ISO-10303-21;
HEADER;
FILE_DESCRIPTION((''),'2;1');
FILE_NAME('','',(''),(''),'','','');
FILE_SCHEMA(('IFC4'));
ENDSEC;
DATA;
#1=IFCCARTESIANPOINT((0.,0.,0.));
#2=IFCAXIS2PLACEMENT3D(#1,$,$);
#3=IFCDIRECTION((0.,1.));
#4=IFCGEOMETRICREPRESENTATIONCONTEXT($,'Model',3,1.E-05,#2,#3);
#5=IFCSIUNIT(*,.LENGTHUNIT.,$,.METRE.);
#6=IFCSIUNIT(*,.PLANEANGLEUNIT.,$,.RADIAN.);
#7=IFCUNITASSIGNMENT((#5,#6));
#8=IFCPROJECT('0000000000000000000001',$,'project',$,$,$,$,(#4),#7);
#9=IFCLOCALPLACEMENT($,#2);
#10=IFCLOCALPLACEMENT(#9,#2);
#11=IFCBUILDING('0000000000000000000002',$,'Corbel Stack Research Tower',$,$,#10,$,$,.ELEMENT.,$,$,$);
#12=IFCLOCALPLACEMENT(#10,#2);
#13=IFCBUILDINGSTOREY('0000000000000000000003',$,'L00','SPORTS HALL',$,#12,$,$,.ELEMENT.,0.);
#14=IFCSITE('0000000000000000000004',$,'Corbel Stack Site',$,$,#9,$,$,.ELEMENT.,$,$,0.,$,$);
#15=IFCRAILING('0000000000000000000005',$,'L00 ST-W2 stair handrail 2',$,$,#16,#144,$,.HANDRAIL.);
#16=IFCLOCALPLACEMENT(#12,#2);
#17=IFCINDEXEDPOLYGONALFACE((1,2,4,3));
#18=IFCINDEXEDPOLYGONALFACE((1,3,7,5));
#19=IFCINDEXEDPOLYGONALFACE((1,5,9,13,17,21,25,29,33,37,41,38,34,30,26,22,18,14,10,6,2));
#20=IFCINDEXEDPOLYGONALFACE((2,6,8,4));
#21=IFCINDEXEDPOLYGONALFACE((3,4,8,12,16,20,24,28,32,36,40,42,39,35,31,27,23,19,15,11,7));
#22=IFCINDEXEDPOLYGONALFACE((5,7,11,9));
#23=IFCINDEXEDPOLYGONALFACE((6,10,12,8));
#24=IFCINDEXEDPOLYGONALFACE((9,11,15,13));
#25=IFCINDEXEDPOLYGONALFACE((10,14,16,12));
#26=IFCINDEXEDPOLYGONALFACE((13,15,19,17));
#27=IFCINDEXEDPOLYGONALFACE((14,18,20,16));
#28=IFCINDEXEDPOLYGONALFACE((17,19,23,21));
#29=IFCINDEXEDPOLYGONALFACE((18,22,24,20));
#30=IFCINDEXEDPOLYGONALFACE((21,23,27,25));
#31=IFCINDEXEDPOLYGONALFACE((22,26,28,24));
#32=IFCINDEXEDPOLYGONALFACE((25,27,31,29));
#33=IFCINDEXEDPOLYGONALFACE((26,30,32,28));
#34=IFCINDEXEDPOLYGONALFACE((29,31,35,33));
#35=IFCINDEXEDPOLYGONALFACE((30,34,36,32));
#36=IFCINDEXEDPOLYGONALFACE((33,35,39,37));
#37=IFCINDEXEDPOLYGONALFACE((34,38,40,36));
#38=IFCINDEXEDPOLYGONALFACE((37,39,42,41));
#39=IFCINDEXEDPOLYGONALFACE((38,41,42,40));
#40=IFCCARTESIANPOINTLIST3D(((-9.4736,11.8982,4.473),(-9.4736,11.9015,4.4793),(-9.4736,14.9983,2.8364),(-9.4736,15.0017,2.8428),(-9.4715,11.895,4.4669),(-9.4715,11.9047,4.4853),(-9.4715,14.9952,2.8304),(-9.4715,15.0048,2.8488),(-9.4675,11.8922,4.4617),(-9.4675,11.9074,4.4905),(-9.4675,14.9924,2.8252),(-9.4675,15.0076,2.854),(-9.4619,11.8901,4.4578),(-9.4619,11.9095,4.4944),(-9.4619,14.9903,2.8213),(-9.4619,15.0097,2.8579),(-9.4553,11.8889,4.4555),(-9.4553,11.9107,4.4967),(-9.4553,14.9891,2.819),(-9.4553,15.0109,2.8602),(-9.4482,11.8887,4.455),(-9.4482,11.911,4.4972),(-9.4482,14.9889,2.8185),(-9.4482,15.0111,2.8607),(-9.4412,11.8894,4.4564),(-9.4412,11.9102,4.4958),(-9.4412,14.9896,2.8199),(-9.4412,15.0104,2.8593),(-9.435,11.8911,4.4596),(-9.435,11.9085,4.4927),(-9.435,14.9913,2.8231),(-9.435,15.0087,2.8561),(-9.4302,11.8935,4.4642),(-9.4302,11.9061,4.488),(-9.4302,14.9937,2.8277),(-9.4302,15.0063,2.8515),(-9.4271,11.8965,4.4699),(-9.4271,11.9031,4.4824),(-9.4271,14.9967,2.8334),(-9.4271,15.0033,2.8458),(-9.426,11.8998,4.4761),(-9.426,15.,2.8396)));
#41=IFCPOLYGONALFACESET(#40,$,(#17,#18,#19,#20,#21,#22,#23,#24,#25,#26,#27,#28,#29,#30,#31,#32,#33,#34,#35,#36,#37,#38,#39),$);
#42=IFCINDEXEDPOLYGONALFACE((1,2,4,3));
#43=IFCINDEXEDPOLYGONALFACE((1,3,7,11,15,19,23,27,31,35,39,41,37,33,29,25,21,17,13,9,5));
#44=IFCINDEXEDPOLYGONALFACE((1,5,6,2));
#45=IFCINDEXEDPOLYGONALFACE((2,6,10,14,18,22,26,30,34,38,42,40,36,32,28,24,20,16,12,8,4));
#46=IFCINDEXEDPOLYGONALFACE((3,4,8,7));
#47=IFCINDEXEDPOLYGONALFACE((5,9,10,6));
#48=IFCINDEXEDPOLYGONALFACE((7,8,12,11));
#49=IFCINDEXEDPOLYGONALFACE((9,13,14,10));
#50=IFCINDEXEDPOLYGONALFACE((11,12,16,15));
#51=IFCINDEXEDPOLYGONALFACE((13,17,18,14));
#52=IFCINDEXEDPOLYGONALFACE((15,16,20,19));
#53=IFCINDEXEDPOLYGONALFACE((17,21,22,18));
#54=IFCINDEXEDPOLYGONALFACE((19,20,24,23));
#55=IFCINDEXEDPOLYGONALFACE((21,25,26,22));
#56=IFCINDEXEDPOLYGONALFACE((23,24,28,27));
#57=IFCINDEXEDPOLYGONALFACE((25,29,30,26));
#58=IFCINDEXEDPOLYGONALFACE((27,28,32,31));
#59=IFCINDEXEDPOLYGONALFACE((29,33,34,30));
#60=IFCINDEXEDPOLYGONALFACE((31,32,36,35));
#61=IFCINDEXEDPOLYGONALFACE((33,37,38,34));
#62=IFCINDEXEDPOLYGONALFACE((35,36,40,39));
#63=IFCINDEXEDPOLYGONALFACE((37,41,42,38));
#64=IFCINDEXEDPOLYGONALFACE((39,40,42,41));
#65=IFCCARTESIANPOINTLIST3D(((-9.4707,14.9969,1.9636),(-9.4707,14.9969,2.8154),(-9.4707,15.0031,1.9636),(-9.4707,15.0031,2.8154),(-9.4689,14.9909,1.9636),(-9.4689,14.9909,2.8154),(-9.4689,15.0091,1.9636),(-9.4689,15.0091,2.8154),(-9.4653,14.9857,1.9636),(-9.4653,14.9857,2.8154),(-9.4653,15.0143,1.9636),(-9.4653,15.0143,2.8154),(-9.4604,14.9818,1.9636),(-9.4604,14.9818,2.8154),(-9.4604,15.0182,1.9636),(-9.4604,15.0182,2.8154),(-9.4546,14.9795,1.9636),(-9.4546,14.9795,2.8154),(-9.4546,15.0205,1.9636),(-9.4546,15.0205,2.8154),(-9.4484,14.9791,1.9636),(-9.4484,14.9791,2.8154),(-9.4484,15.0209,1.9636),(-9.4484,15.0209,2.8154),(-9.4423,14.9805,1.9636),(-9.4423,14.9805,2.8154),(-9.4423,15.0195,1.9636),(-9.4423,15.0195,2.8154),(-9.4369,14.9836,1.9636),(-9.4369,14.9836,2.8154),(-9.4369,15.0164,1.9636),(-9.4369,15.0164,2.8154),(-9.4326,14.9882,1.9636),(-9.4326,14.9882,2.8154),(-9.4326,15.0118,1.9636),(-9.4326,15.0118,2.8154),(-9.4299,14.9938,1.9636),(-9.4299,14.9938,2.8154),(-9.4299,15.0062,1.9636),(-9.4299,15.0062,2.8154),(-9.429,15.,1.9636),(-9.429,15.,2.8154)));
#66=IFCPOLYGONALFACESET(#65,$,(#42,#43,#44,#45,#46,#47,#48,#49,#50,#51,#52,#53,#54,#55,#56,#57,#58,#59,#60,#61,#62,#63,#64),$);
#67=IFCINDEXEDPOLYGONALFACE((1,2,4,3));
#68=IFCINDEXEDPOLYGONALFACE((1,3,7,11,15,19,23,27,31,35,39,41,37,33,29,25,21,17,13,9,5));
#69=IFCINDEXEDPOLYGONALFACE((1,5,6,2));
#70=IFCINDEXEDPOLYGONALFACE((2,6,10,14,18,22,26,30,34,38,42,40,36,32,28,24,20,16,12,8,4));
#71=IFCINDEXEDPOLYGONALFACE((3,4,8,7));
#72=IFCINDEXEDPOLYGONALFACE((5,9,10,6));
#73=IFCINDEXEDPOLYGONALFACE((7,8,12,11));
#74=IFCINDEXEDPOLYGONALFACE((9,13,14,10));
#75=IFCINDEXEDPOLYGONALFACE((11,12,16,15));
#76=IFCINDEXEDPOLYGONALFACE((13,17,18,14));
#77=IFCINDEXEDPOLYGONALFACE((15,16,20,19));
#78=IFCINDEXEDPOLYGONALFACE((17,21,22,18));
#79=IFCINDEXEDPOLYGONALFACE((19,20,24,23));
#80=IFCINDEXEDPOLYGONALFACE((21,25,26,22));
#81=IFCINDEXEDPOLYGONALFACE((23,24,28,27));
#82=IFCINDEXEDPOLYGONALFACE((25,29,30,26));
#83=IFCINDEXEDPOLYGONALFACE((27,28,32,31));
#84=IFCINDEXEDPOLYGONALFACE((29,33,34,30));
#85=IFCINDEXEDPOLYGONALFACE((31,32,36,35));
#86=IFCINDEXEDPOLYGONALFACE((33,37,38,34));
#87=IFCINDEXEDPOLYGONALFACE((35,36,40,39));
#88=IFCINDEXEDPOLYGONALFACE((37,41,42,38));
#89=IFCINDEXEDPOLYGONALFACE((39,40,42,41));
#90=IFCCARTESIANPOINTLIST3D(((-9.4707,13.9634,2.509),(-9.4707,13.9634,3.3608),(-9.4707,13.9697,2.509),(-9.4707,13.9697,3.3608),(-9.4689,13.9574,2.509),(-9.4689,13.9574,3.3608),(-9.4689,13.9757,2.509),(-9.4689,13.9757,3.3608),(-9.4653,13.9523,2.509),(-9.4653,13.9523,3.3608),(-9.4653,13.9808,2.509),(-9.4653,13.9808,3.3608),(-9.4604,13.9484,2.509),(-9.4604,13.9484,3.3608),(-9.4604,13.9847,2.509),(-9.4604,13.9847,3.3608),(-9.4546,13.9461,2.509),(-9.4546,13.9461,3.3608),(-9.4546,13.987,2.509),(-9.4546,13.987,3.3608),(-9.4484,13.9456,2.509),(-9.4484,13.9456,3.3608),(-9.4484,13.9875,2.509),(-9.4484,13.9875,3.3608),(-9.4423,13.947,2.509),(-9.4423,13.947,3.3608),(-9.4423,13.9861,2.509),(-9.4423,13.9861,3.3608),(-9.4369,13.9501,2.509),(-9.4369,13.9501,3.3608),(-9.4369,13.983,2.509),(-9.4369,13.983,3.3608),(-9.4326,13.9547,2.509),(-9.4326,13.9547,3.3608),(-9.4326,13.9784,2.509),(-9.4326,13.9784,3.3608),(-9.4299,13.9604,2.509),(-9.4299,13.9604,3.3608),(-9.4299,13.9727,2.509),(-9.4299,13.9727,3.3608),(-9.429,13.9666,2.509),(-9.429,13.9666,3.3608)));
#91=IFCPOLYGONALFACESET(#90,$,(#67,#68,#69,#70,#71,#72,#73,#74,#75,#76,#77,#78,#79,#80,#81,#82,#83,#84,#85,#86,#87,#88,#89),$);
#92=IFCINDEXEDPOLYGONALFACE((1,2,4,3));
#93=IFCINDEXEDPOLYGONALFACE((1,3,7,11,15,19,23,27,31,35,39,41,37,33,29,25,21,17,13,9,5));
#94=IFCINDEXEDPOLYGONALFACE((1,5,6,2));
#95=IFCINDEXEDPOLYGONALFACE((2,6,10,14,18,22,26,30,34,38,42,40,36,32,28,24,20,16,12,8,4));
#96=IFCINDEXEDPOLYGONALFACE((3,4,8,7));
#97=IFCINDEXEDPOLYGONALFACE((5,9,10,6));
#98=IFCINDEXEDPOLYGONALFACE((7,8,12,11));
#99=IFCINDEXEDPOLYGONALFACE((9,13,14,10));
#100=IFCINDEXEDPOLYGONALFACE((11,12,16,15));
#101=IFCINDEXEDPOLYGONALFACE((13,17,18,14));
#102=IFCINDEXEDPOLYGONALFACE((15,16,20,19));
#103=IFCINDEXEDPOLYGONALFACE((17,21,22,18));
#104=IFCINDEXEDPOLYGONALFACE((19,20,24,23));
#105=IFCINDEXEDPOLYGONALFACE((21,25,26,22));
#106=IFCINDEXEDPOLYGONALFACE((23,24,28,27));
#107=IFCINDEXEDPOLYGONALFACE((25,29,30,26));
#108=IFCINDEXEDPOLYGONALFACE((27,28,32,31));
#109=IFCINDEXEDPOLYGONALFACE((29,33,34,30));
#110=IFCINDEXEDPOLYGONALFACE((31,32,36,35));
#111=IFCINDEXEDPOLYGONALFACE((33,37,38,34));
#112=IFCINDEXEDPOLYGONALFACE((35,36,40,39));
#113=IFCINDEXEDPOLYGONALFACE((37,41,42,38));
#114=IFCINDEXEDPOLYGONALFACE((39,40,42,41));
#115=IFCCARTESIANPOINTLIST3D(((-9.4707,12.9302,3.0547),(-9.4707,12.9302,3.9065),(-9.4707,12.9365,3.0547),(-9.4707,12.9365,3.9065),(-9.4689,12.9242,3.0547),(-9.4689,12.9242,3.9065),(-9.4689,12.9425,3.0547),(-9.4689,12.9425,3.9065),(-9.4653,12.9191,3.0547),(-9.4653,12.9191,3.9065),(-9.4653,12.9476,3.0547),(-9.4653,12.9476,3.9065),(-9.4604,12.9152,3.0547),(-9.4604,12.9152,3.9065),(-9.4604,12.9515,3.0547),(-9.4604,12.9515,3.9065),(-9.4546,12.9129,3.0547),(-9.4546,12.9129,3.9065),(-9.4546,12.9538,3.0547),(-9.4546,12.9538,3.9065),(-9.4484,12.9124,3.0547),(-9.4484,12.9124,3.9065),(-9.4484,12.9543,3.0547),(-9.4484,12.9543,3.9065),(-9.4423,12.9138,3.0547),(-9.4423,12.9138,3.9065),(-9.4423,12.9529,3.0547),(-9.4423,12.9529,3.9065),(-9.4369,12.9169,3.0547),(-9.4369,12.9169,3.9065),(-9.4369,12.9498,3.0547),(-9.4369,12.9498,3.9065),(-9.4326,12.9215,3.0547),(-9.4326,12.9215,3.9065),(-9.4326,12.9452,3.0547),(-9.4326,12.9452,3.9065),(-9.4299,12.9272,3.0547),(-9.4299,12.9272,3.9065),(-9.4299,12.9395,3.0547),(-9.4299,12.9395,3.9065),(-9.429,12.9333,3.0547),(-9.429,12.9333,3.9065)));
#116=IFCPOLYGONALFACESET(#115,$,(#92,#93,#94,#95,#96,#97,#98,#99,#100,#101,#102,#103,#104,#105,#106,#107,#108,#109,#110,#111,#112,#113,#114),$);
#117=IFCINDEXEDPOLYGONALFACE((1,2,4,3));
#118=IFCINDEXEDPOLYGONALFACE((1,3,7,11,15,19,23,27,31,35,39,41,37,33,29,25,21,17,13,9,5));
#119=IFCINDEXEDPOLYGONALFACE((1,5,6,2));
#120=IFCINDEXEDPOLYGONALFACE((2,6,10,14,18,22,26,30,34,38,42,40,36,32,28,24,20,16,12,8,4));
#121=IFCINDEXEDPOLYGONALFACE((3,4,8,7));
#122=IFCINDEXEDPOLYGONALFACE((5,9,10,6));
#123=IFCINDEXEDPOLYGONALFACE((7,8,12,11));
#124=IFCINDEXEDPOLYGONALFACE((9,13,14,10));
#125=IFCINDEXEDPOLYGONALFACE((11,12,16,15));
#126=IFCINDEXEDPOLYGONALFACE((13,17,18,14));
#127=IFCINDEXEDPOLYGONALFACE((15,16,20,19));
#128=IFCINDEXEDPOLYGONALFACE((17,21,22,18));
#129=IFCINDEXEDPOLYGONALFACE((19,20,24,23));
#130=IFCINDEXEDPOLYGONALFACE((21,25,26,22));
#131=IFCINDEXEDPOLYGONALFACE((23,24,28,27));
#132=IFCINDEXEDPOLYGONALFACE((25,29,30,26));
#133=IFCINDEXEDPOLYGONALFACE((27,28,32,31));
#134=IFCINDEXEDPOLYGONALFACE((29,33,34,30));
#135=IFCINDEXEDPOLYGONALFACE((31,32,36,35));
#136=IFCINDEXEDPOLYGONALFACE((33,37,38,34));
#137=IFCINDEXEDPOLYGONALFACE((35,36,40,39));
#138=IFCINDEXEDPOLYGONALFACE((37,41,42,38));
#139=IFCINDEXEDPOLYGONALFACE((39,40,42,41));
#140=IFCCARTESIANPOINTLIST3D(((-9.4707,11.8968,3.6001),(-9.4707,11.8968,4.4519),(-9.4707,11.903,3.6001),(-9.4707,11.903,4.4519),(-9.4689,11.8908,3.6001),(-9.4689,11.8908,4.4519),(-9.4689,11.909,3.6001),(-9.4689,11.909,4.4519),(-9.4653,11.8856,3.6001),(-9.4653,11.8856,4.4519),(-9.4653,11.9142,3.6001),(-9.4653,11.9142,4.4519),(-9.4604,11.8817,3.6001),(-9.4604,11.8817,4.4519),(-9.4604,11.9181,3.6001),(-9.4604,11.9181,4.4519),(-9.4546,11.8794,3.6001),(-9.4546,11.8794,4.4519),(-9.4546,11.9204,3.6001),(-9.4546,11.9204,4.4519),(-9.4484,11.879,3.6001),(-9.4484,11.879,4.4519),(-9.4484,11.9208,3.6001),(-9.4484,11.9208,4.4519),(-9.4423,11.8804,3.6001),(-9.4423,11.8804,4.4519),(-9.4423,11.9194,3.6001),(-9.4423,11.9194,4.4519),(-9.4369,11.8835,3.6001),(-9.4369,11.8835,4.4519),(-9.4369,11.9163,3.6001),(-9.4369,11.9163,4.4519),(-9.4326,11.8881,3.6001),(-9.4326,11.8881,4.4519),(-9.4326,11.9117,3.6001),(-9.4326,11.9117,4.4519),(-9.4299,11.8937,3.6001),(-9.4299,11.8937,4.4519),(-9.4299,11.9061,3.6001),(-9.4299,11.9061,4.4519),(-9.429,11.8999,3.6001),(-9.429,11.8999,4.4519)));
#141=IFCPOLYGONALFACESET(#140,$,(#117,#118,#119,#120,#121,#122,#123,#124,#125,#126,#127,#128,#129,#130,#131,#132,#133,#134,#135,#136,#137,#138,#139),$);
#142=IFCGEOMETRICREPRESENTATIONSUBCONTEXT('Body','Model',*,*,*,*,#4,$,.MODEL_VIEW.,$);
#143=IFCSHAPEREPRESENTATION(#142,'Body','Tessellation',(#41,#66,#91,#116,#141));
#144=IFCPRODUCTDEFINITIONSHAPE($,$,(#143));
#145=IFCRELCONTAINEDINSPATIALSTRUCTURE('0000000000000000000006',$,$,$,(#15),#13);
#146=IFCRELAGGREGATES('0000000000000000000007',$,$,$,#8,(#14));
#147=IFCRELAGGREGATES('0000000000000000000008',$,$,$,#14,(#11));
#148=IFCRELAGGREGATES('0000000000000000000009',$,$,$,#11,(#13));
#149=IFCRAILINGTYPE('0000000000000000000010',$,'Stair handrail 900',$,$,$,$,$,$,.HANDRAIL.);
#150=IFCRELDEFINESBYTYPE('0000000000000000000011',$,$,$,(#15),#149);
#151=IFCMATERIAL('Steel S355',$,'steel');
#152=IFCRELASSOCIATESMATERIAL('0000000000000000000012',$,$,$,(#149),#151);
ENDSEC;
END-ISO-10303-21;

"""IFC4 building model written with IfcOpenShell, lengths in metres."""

from ifc_helpers import new_model, si_unit, direction, frame, origin, origin_2d, place, context, subcontext, project, spatial, circle, extrude, material, type_object, element, save


model = new_model("IFC4")

# Units and contexts
model_context = context("Model", 3, precision=1e-05, world=origin(), true_north=direction((0.0, 1.0)))
body_context = subcontext(model_context, "Body", "Model", "MODEL_VIEW")
ifc_project = project(units=[si_unit("LENGTHUNIT", "METRE"), si_unit("PLANEANGLEUNIT", "RADIAN")], contexts=[model_context])

# Site, building, storey
site_placement = place(None, origin())
site = spatial("IfcSite", under=ifc_project, at=site_placement, Name="Corbel Stack Site", CompositionType="ELEMENT", RefElevation=0.0)
building_placement = place(site_placement, origin())
building = spatial("IfcBuilding", under=site, at=building_placement, Name="Corbel Stack Research Tower", CompositionType="ELEMENT")
storey_placement = place(building_placement, origin())
storey = spatial("IfcBuildingStorey", under=building, at=storey_placement, Name="L00", Description="SPORTS HALL", CompositionType="ELEMENT", Elevation=0.0)

# Railing
ifc_material_1 = material(Name="Steel S355", Category="steel")
railing_type = type_object("IfcRailingType", Name="Stair handrail 900", PredefinedType="HANDRAIL", material=ifc_material_1)
railing_1_placement = place(storey_placement, frame((-9.45, 15.0, 1.9636)))
element("IfcRailing", 1, at=railing_1_placement, inside=storey, type_object=railing_type, Name="L00 ST-W2 stair handrail 2", PredefinedType="HANDRAIL", context=body_context, shape_type="SweptSolid", body=[
    extrude(circle(Radius=0.0239, at=origin_2d()), frame((0.0, 0.0, 0.876), z_axis=(0.0, -0.884348, 0.466828), x_axis=(1.0, 0.0, 0.0)), (0.0, 0.0, 1.0), 3.5056),
    extrude(circle(Radius=0.021, at=origin_2d()), origin(), (0.0, 0.0, 1.0), 0.8518),
    extrude(circle(Radius=0.021, at=origin_2d()), frame((0.0, -1.0334, 0.5454)), (0.0, 0.0, 1.0), 0.8518),
    extrude(circle(Radius=0.021, at=origin_2d()), frame((0.0, -2.0667, 1.0911)), (0.0, 0.0, 1.0), 0.8518),
    extrude(circle(Radius=0.021, at=origin_2d()), frame((0.0, -3.1001, 1.6365)), (0.0, 0.0, 1.0), 0.8518),
])

save(model, "model.ifc")
